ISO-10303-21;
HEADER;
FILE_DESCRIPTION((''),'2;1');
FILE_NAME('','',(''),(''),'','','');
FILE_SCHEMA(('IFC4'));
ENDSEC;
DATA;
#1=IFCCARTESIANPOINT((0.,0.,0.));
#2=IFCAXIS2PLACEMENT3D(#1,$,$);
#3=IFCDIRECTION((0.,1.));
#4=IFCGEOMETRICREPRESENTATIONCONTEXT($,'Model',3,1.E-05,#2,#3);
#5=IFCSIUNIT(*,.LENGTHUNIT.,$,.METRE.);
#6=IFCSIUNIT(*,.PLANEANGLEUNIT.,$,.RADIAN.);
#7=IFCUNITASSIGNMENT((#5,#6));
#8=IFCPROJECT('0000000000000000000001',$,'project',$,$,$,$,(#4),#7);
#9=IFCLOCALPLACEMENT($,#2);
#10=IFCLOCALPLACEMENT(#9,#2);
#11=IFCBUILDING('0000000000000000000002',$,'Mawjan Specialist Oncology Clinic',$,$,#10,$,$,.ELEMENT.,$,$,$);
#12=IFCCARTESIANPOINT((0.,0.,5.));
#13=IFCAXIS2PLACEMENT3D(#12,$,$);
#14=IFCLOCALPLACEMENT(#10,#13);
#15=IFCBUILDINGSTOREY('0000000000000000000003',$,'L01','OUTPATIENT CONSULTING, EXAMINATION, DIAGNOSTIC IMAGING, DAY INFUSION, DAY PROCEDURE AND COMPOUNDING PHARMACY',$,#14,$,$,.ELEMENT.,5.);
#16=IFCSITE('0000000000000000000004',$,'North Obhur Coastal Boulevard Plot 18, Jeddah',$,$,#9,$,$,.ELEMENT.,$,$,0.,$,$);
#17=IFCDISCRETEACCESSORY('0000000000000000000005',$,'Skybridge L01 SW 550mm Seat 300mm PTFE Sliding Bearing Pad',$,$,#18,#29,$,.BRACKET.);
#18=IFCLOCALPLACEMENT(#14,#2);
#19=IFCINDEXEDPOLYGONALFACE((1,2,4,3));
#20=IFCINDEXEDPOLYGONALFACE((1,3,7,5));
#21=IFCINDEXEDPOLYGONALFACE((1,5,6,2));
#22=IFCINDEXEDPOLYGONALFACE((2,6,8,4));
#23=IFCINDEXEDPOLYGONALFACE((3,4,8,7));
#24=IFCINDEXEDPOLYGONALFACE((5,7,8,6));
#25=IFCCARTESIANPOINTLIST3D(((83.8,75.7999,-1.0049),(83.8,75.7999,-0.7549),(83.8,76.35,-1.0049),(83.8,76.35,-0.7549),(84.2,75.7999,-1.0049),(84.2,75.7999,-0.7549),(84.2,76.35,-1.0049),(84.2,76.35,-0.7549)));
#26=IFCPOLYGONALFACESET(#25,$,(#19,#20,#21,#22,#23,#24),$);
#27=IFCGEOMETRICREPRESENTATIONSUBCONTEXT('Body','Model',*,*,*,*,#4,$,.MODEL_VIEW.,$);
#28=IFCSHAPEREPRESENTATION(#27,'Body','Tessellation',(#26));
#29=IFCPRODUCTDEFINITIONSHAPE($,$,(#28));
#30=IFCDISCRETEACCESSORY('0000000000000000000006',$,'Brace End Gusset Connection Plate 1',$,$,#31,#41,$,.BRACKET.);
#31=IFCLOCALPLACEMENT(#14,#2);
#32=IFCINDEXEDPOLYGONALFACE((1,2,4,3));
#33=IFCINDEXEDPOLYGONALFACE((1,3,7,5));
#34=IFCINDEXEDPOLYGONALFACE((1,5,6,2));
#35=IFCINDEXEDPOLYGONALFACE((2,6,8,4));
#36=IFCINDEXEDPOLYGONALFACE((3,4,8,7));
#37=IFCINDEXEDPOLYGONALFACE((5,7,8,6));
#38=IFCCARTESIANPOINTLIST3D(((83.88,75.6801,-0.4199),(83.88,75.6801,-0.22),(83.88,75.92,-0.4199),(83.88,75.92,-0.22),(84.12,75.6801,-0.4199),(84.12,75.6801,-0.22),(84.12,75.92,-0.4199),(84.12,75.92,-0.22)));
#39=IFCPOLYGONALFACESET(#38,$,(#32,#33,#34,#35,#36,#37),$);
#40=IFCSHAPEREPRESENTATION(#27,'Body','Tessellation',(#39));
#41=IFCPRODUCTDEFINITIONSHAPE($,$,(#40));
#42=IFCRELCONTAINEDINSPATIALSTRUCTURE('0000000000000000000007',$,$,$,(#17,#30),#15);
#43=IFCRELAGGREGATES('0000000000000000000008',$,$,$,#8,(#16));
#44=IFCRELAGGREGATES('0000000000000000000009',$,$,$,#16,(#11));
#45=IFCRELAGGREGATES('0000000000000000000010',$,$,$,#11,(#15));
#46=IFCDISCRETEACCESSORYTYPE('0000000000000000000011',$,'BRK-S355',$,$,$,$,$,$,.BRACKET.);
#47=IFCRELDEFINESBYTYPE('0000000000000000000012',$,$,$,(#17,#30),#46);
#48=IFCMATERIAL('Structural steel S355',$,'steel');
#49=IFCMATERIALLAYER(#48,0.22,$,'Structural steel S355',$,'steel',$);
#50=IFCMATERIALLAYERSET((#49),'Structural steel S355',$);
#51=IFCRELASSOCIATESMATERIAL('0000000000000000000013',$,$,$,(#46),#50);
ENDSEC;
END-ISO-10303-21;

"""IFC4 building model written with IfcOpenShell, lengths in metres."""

from ifc_helpers import new_model, si_unit, direction, frame, origin, origin_2d, place, context, subcontext, project, spatial, rectangle, extrude, material, layer, layer_set, type_object, element, save


model = new_model("IFC4")

# Units and contexts
model_context = context("Model", 3, precision=1e-05, world=origin(), true_north=direction((0.0, 1.0)))
body_context = subcontext(model_context, "Body", "Model", "MODEL_VIEW")
ifc_project = project(units=[si_unit("LENGTHUNIT", "METRE"), si_unit("PLANEANGLEUNIT", "RADIAN")], contexts=[model_context])

# Site, building, storey
site_placement = place(None, origin())
site = spatial("IfcSite", under=ifc_project, at=site_placement, Name="North Obhur Coastal Boulevard Plot 18, Jeddah", CompositionType="ELEMENT", RefElevation=0.0)
building_placement = place(site_placement, origin())
building = spatial("IfcBuilding", under=site, at=building_placement, Name="Mawjan Specialist Oncology Clinic", CompositionType="ELEMENT")
storey_placement = place(building_placement, frame((0.0, 0.0, 5.0)))
storey = spatial("IfcBuildingStorey", under=building, at=storey_placement, Name="L01", Description="OUTPATIENT CONSULTING, EXAMINATION, DIAGNOSTIC IMAGING, DAY INFUSION, DAY PROCEDURE AND COMPOUNDING PHARMACY", CompositionType="ELEMENT", Elevation=5.0)

# Discrete accessories
ifc_material_1 = material(Name="Structural steel S355", Category="steel")
ifc_layer_1 = layer(ifc_material_1, 0.22, Name="Structural steel S355", Category="steel")
ifc_layer_set_1 = layer_set([ifc_layer_1], Name="Structural steel S355")
discrete_accessory_type = type_object("IfcDiscreteAccessoryType", Name="BRK-S355", PredefinedType="BRACKET", material=ifc_layer_set_1)
discrete_accessory_1_placement = place(storey_placement, frame((84.0, 76.075, -1.0049), z_axis=(0.0, 0.0, 1.0), x_axis=(1.0, 0.0, 0.0)))
element("IfcDiscreteAccessory", 1, at=discrete_accessory_1_placement, inside=storey, type_object=discrete_accessory_type, Name="Skybridge L01 SW 550mm Seat 300mm PTFE Sliding Bearing Pad", PredefinedType="BRACKET", context=body_context, shape_type="SweptSolid", body=[
    extrude(rectangle(XDim=0.3999, YDim=0.55, at=origin_2d()), origin(), (0.0, 0.0, 1.0), 0.25),
])
discrete_accessory_2_placement = place(storey_placement, frame((84.0, 75.8, -0.4199), z_axis=(0.0, 0.0, 1.0), x_axis=(1.0, 0.0, 0.0)))
element("IfcDiscreteAccessory", 2, at=discrete_accessory_2_placement, inside=storey, type_object=discrete_accessory_type, Name="Brace End Gusset Connection Plate 1", PredefinedType="BRACKET", context=body_context, shape_type="SweptSolid", body=[
    extrude(rectangle(XDim=0.24, YDim=0.24, at=origin_2d()), origin(), (0.0, 0.0, 1.0), 0.2),
])

save(model, "model.ifc")
